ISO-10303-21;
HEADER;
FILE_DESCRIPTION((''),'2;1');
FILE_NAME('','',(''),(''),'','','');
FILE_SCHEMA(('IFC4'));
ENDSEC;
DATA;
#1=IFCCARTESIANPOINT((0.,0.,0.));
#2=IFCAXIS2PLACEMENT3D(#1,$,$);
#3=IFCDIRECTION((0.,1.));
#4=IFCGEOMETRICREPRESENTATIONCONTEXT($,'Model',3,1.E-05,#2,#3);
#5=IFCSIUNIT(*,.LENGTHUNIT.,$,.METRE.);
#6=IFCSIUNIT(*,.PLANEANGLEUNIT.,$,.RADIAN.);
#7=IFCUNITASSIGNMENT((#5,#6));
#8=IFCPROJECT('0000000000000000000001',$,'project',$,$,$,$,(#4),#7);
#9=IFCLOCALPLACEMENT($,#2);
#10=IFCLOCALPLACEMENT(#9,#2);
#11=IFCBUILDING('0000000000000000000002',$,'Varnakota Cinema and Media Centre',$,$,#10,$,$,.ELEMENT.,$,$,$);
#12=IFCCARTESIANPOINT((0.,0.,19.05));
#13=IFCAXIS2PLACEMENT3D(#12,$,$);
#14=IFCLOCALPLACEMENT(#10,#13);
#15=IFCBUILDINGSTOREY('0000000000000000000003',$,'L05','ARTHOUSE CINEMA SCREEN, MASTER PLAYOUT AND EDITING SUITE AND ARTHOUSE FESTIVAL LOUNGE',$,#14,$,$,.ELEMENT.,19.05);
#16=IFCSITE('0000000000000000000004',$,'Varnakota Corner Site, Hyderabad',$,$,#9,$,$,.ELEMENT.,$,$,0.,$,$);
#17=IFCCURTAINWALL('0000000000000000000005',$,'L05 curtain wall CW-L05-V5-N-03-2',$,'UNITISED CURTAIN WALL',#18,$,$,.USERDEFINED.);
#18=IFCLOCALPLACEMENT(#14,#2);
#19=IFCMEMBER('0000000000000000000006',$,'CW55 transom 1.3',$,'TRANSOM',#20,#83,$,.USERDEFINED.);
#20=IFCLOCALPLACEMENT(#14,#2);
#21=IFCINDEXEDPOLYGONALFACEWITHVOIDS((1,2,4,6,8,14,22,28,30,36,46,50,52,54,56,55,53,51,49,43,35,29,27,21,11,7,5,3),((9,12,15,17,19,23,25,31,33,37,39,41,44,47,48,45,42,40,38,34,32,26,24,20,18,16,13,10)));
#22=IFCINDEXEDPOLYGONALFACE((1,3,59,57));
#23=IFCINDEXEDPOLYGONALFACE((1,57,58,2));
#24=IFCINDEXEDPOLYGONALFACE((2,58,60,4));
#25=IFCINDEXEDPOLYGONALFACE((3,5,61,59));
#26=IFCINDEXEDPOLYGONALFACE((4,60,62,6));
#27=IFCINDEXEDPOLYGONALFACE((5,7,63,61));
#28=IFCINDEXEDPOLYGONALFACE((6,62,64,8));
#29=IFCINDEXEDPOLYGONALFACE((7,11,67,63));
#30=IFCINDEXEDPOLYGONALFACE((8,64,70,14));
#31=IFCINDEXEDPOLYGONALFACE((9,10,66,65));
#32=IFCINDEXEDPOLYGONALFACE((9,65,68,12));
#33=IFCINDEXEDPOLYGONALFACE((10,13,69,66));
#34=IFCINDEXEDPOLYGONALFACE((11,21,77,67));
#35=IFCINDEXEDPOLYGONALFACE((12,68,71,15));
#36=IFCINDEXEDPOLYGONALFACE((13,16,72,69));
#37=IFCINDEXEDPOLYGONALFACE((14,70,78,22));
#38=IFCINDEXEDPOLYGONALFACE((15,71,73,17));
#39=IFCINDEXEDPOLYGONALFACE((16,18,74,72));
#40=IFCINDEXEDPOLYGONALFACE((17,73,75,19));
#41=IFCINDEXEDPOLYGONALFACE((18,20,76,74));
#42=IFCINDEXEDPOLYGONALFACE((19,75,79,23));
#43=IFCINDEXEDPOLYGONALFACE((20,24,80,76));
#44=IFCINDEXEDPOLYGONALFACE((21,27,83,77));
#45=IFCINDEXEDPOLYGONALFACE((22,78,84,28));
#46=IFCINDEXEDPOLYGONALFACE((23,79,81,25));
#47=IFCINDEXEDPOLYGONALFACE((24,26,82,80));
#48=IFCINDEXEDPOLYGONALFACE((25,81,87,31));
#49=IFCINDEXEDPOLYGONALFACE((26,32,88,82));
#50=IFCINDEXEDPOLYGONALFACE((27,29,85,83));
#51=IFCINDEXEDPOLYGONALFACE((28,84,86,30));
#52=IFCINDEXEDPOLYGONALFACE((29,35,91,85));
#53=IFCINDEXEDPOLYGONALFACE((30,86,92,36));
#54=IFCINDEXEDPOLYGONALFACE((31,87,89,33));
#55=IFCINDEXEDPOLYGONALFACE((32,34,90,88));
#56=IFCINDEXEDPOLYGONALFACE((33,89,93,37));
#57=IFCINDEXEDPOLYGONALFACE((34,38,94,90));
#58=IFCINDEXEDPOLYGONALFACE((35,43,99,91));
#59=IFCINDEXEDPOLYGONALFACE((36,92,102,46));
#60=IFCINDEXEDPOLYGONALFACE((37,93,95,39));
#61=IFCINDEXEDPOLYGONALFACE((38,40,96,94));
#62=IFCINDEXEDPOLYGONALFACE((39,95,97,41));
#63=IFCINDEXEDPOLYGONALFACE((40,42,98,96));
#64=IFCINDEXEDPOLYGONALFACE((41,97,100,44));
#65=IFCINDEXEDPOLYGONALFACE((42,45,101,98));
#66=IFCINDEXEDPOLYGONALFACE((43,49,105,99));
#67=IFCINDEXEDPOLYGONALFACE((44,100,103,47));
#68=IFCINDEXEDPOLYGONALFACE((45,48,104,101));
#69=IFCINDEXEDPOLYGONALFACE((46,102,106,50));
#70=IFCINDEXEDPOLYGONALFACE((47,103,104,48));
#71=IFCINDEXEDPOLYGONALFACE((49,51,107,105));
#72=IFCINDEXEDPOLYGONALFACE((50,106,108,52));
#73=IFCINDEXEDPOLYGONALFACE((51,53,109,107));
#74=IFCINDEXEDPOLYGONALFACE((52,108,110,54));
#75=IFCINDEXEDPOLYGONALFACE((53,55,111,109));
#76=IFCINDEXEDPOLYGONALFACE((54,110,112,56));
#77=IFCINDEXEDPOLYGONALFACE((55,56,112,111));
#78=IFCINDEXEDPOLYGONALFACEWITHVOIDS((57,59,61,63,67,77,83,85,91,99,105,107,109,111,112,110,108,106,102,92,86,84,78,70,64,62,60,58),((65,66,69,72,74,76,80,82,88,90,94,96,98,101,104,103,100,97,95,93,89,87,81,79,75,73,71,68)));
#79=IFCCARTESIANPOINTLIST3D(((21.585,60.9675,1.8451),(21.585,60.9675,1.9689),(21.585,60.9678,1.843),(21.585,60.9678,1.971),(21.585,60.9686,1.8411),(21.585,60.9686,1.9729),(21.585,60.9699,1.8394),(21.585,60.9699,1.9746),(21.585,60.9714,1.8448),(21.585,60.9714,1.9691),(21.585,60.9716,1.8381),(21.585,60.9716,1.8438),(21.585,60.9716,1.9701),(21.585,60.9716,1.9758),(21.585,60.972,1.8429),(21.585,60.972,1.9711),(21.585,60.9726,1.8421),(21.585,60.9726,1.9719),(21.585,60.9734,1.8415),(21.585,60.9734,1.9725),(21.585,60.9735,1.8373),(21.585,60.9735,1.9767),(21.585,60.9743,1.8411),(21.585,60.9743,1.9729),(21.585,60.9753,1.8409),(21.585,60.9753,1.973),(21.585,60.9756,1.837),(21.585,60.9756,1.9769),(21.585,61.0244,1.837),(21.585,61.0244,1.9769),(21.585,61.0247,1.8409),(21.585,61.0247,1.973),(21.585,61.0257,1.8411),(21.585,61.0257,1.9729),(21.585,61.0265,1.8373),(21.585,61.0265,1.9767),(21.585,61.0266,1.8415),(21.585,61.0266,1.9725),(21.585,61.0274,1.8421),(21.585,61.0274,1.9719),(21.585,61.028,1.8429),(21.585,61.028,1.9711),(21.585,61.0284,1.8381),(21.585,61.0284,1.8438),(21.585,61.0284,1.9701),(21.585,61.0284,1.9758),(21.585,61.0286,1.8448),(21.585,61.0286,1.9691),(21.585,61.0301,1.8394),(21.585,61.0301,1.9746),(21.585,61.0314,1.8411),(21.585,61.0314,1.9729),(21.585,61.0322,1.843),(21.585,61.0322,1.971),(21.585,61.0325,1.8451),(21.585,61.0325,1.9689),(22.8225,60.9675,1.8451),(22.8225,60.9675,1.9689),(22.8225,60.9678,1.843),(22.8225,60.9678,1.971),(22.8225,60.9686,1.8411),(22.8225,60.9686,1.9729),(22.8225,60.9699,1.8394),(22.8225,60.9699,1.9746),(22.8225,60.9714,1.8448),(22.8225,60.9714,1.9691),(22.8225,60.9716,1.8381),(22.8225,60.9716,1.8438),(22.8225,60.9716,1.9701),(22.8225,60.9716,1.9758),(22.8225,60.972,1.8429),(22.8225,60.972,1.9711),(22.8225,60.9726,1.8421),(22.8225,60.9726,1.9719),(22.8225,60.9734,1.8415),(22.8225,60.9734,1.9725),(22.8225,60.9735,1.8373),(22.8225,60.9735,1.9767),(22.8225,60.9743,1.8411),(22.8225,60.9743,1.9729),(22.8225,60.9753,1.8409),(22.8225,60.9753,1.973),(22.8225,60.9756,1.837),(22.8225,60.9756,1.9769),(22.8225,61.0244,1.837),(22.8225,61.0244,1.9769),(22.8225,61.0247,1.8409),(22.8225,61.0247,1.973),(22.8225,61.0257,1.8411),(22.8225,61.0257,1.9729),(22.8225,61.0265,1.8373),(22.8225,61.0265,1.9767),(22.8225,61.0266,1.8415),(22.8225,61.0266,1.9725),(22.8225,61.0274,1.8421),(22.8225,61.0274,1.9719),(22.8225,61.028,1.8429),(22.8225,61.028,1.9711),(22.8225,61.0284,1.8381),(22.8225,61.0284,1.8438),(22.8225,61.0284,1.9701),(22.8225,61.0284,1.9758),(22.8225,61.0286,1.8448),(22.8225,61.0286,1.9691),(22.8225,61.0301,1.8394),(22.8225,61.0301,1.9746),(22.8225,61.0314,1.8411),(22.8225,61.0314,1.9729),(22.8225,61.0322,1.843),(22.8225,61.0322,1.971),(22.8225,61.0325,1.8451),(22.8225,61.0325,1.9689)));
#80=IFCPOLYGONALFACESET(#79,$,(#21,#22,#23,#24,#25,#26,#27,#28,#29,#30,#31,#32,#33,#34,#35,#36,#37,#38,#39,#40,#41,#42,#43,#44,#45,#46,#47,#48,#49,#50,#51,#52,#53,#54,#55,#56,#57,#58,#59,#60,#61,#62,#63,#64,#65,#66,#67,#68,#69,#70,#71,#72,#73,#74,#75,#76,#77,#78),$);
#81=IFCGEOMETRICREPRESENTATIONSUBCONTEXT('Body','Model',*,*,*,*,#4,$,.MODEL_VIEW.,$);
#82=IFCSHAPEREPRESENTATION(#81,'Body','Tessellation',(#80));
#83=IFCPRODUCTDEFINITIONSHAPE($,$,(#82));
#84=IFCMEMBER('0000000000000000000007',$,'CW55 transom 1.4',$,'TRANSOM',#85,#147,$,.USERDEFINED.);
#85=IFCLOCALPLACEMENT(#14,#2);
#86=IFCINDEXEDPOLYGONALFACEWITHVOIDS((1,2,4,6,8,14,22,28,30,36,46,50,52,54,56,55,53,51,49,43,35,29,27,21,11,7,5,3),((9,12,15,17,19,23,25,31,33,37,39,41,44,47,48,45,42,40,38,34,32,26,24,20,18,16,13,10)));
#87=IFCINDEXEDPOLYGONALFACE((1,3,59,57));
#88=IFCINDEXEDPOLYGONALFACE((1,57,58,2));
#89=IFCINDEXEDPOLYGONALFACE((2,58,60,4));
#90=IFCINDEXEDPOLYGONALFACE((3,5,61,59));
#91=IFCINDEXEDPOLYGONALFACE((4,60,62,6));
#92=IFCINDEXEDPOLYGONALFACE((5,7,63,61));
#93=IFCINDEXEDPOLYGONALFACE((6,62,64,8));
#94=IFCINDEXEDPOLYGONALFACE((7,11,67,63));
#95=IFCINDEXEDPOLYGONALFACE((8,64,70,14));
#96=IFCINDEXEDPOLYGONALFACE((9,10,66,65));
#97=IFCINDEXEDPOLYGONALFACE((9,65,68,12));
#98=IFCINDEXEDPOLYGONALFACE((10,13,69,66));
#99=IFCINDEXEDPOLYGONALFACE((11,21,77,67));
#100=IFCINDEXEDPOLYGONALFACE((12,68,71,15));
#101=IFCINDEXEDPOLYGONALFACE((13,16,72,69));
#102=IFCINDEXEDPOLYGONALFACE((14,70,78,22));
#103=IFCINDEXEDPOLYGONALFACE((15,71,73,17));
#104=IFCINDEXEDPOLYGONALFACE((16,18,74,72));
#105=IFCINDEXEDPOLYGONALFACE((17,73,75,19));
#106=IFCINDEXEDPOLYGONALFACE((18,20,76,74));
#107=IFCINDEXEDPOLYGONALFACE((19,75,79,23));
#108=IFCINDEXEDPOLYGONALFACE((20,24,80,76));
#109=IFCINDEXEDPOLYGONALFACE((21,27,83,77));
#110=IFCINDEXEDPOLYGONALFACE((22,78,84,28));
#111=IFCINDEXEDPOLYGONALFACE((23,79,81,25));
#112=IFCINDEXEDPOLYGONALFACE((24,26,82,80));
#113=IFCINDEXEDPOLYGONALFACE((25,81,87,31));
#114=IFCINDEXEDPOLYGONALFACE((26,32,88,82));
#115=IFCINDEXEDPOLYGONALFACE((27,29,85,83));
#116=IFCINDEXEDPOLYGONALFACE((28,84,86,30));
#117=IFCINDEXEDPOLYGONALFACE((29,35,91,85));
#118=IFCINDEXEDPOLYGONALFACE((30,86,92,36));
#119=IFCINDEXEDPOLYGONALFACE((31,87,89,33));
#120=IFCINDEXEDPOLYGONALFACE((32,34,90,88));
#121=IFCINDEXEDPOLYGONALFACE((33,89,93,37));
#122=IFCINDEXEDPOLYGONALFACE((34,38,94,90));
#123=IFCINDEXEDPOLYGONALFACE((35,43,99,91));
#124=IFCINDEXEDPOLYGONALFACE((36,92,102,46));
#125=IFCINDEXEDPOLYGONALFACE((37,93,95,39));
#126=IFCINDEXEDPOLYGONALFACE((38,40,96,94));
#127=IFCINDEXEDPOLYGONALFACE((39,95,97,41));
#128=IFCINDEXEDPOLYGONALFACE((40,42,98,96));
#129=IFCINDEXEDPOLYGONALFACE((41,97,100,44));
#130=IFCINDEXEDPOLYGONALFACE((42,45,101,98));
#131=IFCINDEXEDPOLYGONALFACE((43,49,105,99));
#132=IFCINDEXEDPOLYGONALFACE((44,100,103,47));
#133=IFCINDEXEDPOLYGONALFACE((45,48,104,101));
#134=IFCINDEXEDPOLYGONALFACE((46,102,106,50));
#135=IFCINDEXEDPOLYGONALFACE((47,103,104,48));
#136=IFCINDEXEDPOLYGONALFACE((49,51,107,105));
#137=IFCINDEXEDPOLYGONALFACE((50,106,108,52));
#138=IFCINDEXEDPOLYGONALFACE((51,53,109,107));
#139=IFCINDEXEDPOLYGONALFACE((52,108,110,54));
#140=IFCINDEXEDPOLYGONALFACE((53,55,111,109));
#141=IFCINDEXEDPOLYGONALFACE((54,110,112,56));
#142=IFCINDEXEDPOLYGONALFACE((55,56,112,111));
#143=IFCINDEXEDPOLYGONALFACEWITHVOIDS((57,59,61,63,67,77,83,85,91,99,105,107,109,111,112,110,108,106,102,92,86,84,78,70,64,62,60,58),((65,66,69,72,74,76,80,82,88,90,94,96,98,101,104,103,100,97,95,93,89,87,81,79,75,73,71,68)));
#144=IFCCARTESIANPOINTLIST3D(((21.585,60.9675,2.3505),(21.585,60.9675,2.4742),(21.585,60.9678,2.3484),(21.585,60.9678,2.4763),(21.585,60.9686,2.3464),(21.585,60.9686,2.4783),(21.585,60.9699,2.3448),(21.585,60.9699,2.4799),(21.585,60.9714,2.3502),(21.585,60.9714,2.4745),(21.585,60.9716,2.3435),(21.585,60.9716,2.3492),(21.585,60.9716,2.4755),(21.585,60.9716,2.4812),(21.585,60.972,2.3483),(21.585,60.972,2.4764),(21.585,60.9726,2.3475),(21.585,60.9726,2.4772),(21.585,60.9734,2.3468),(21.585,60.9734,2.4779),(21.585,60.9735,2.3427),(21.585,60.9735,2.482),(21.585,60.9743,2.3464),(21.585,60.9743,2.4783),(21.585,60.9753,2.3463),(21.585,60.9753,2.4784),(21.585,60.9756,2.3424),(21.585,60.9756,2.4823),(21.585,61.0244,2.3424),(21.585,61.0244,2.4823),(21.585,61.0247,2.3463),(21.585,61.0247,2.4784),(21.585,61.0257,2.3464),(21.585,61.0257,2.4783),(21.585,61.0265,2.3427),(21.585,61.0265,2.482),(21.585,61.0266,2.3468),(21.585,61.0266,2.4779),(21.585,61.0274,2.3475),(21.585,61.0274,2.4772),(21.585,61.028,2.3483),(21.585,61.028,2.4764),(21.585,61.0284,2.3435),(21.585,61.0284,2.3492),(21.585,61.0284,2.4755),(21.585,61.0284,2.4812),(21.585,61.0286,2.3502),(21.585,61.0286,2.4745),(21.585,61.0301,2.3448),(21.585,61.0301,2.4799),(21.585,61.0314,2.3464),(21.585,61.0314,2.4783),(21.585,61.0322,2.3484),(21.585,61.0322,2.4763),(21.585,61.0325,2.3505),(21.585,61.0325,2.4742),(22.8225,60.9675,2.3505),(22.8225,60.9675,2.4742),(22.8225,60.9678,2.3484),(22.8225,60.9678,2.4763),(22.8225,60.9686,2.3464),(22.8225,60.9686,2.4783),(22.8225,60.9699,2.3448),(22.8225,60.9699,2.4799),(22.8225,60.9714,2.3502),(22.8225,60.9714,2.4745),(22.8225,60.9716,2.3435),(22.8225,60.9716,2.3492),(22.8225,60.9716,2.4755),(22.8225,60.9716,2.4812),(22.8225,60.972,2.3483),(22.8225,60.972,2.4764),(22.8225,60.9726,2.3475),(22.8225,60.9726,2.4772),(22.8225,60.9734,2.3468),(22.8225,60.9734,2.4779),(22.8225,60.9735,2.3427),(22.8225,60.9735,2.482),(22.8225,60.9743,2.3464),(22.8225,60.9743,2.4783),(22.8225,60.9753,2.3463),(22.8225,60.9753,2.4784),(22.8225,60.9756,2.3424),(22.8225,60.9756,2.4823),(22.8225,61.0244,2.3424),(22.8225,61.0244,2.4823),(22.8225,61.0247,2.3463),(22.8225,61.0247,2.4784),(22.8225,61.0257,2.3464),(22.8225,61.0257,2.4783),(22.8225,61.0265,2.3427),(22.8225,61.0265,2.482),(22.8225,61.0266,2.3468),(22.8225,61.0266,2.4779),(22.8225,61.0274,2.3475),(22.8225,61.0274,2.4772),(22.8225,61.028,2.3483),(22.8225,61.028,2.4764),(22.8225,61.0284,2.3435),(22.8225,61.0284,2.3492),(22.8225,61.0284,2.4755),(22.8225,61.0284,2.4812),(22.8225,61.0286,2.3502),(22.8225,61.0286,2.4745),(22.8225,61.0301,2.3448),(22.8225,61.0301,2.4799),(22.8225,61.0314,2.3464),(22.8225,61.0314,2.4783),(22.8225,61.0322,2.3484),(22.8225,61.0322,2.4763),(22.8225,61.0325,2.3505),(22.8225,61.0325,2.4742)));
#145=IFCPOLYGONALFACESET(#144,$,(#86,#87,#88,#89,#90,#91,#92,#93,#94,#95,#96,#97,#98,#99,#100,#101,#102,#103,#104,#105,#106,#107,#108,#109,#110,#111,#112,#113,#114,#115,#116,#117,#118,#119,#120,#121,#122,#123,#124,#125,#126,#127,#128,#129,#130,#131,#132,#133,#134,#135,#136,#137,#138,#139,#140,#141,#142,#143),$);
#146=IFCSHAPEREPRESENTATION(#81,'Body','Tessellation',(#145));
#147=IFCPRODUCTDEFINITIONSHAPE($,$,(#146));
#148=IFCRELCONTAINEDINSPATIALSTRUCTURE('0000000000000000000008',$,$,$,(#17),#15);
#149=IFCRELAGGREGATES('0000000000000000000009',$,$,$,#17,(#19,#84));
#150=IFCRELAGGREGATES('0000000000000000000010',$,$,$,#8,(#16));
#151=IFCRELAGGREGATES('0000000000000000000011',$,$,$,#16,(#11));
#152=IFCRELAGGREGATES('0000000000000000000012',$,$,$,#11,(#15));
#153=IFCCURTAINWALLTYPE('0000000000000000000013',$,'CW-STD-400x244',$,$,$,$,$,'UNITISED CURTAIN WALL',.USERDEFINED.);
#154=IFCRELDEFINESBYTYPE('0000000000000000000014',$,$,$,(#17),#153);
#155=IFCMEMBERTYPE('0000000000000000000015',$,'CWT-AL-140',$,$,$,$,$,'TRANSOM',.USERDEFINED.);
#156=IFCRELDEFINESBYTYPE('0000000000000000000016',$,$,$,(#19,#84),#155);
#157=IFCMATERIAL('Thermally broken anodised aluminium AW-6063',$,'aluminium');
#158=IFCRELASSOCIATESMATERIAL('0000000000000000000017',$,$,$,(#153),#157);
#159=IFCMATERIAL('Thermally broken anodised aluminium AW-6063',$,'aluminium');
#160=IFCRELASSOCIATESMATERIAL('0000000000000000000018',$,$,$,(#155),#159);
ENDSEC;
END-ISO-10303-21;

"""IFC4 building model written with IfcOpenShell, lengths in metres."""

from ifc_helpers import new_model, si_unit, direction, frame, origin, origin_2d, place, context, subcontext, project, spatial, hollow_rectangle, extrude, material, material_profile, profile_set, type_object, element, aggregate, save


model = new_model("IFC4")

# Units and contexts
model_context = context("Model", 3, precision=1e-05, world=origin(), true_north=direction((0.0, 1.0)))
body_context = subcontext(model_context, "Body", "Model", "MODEL_VIEW")
ifc_project = project(units=[si_unit("LENGTHUNIT", "METRE"), si_unit("PLANEANGLEUNIT", "RADIAN")], contexts=[model_context])

# Site, building, storey
site_placement = place(None, origin())
site = spatial("IfcSite", under=ifc_project, at=site_placement, Name="Varnakota Corner Site, Hyderabad", CompositionType="ELEMENT", RefElevation=0.0)
building_placement = place(site_placement, origin())
building = spatial("IfcBuilding", under=site, at=building_placement, Name="Varnakota Cinema and Media Centre", CompositionType="ELEMENT")
storey_placement = place(building_placement, frame((0.0, 0.0, 19.05)))
storey = spatial("IfcBuildingStorey", under=building, at=storey_placement, Name="L05", Description="ARTHOUSE CINEMA SCREEN, MASTER PLAYOUT AND EDITING SUITE AND ARTHOUSE FESTIVAL LOUNGE", CompositionType="ELEMENT", Elevation=19.05)

# Curtain wall, members
ifc_material_1 = material(Name="Thermally broken anodised aluminium AW-6063", Category="aluminium")
curtain_wall_type = type_object("IfcCurtainWallType", Name="CW-STD-400x244", ElementType="UNITISED CURTAIN WALL", PredefinedType="USERDEFINED", material=ifc_material_1)
curtain_wall_placement = place(storey_placement, origin())
curtain_wall = element("IfcCurtainWall", 1, at=curtain_wall_placement, inside=storey, type_object=curtain_wall_type, Name="L05 curtain wall CW-L05-V5-N-03-2", ObjectType="UNITISED CURTAIN WALL", PredefinedType="USERDEFINED")
ifc_material_2 = material(Name="Thermally broken anodised aluminium AW-6063", Category="aluminium")
ifc_material_profile_1 = material_profile(ifc_material_2, hollow_rectangle(XDim=0.0649, YDim=0.1399, WallThickness=0.0039, InnerFilletRadius=0.0039, OuterFilletRadius=0.0081, at=origin_2d()), Name="AL-TRANSOM 140x65x4")
ifc_profile_set_1 = profile_set([ifc_material_profile_1], Name="Thermally broken anodised aluminium AW-6063")
member_type_1 = type_object("IfcMemberType", Name="CWT-AL-140", ElementType="TRANSOM", PredefinedType="USERDEFINED", material=ifc_profile_set_1)
member_1_placement = place(storey_placement, frame((21.585, 61.0, 1.907), z_axis=(1.0, 0.0, 0.0), x_axis=(0.0, 1.0, 0.0)))
member_1 = element("IfcMember", 2, at=member_1_placement, type_object=member_type_1, Name="CW55 transom 1.3", ObjectType="TRANSOM", PredefinedType="USERDEFINED", context=body_context, shape_type="SweptSolid", body=[
    extrude(hollow_rectangle(XDim=0.0649, YDim=0.1399, WallThickness=0.0039, InnerFilletRadius=0.0039, OuterFilletRadius=0.0081, at=origin_2d()), origin(), (0.0, 0.0, 1.0), 1.2375),
])
member_2_placement = place(storey_placement, frame((21.585, 61.0, 2.4124), z_axis=(1.0, 0.0, 0.0), x_axis=(0.0, 1.0, 0.0)))
member_2 = element("IfcMember", 3, at=member_2_placement, type_object=member_type_1, Name="CW55 transom 1.4", ObjectType="TRANSOM", PredefinedType="USERDEFINED", context=body_context, shape_type="SweptSolid", body=[
    extrude(hollow_rectangle(XDim=0.0649, YDim=0.1399, WallThickness=0.0039, InnerFilletRadius=0.0039, OuterFilletRadius=0.0081, at=origin_2d()), origin(), (0.0, 0.0, 1.0), 1.2375),
])
aggregate(curtain_wall, [member_1, member_2])

save(model, "model.ifc")
